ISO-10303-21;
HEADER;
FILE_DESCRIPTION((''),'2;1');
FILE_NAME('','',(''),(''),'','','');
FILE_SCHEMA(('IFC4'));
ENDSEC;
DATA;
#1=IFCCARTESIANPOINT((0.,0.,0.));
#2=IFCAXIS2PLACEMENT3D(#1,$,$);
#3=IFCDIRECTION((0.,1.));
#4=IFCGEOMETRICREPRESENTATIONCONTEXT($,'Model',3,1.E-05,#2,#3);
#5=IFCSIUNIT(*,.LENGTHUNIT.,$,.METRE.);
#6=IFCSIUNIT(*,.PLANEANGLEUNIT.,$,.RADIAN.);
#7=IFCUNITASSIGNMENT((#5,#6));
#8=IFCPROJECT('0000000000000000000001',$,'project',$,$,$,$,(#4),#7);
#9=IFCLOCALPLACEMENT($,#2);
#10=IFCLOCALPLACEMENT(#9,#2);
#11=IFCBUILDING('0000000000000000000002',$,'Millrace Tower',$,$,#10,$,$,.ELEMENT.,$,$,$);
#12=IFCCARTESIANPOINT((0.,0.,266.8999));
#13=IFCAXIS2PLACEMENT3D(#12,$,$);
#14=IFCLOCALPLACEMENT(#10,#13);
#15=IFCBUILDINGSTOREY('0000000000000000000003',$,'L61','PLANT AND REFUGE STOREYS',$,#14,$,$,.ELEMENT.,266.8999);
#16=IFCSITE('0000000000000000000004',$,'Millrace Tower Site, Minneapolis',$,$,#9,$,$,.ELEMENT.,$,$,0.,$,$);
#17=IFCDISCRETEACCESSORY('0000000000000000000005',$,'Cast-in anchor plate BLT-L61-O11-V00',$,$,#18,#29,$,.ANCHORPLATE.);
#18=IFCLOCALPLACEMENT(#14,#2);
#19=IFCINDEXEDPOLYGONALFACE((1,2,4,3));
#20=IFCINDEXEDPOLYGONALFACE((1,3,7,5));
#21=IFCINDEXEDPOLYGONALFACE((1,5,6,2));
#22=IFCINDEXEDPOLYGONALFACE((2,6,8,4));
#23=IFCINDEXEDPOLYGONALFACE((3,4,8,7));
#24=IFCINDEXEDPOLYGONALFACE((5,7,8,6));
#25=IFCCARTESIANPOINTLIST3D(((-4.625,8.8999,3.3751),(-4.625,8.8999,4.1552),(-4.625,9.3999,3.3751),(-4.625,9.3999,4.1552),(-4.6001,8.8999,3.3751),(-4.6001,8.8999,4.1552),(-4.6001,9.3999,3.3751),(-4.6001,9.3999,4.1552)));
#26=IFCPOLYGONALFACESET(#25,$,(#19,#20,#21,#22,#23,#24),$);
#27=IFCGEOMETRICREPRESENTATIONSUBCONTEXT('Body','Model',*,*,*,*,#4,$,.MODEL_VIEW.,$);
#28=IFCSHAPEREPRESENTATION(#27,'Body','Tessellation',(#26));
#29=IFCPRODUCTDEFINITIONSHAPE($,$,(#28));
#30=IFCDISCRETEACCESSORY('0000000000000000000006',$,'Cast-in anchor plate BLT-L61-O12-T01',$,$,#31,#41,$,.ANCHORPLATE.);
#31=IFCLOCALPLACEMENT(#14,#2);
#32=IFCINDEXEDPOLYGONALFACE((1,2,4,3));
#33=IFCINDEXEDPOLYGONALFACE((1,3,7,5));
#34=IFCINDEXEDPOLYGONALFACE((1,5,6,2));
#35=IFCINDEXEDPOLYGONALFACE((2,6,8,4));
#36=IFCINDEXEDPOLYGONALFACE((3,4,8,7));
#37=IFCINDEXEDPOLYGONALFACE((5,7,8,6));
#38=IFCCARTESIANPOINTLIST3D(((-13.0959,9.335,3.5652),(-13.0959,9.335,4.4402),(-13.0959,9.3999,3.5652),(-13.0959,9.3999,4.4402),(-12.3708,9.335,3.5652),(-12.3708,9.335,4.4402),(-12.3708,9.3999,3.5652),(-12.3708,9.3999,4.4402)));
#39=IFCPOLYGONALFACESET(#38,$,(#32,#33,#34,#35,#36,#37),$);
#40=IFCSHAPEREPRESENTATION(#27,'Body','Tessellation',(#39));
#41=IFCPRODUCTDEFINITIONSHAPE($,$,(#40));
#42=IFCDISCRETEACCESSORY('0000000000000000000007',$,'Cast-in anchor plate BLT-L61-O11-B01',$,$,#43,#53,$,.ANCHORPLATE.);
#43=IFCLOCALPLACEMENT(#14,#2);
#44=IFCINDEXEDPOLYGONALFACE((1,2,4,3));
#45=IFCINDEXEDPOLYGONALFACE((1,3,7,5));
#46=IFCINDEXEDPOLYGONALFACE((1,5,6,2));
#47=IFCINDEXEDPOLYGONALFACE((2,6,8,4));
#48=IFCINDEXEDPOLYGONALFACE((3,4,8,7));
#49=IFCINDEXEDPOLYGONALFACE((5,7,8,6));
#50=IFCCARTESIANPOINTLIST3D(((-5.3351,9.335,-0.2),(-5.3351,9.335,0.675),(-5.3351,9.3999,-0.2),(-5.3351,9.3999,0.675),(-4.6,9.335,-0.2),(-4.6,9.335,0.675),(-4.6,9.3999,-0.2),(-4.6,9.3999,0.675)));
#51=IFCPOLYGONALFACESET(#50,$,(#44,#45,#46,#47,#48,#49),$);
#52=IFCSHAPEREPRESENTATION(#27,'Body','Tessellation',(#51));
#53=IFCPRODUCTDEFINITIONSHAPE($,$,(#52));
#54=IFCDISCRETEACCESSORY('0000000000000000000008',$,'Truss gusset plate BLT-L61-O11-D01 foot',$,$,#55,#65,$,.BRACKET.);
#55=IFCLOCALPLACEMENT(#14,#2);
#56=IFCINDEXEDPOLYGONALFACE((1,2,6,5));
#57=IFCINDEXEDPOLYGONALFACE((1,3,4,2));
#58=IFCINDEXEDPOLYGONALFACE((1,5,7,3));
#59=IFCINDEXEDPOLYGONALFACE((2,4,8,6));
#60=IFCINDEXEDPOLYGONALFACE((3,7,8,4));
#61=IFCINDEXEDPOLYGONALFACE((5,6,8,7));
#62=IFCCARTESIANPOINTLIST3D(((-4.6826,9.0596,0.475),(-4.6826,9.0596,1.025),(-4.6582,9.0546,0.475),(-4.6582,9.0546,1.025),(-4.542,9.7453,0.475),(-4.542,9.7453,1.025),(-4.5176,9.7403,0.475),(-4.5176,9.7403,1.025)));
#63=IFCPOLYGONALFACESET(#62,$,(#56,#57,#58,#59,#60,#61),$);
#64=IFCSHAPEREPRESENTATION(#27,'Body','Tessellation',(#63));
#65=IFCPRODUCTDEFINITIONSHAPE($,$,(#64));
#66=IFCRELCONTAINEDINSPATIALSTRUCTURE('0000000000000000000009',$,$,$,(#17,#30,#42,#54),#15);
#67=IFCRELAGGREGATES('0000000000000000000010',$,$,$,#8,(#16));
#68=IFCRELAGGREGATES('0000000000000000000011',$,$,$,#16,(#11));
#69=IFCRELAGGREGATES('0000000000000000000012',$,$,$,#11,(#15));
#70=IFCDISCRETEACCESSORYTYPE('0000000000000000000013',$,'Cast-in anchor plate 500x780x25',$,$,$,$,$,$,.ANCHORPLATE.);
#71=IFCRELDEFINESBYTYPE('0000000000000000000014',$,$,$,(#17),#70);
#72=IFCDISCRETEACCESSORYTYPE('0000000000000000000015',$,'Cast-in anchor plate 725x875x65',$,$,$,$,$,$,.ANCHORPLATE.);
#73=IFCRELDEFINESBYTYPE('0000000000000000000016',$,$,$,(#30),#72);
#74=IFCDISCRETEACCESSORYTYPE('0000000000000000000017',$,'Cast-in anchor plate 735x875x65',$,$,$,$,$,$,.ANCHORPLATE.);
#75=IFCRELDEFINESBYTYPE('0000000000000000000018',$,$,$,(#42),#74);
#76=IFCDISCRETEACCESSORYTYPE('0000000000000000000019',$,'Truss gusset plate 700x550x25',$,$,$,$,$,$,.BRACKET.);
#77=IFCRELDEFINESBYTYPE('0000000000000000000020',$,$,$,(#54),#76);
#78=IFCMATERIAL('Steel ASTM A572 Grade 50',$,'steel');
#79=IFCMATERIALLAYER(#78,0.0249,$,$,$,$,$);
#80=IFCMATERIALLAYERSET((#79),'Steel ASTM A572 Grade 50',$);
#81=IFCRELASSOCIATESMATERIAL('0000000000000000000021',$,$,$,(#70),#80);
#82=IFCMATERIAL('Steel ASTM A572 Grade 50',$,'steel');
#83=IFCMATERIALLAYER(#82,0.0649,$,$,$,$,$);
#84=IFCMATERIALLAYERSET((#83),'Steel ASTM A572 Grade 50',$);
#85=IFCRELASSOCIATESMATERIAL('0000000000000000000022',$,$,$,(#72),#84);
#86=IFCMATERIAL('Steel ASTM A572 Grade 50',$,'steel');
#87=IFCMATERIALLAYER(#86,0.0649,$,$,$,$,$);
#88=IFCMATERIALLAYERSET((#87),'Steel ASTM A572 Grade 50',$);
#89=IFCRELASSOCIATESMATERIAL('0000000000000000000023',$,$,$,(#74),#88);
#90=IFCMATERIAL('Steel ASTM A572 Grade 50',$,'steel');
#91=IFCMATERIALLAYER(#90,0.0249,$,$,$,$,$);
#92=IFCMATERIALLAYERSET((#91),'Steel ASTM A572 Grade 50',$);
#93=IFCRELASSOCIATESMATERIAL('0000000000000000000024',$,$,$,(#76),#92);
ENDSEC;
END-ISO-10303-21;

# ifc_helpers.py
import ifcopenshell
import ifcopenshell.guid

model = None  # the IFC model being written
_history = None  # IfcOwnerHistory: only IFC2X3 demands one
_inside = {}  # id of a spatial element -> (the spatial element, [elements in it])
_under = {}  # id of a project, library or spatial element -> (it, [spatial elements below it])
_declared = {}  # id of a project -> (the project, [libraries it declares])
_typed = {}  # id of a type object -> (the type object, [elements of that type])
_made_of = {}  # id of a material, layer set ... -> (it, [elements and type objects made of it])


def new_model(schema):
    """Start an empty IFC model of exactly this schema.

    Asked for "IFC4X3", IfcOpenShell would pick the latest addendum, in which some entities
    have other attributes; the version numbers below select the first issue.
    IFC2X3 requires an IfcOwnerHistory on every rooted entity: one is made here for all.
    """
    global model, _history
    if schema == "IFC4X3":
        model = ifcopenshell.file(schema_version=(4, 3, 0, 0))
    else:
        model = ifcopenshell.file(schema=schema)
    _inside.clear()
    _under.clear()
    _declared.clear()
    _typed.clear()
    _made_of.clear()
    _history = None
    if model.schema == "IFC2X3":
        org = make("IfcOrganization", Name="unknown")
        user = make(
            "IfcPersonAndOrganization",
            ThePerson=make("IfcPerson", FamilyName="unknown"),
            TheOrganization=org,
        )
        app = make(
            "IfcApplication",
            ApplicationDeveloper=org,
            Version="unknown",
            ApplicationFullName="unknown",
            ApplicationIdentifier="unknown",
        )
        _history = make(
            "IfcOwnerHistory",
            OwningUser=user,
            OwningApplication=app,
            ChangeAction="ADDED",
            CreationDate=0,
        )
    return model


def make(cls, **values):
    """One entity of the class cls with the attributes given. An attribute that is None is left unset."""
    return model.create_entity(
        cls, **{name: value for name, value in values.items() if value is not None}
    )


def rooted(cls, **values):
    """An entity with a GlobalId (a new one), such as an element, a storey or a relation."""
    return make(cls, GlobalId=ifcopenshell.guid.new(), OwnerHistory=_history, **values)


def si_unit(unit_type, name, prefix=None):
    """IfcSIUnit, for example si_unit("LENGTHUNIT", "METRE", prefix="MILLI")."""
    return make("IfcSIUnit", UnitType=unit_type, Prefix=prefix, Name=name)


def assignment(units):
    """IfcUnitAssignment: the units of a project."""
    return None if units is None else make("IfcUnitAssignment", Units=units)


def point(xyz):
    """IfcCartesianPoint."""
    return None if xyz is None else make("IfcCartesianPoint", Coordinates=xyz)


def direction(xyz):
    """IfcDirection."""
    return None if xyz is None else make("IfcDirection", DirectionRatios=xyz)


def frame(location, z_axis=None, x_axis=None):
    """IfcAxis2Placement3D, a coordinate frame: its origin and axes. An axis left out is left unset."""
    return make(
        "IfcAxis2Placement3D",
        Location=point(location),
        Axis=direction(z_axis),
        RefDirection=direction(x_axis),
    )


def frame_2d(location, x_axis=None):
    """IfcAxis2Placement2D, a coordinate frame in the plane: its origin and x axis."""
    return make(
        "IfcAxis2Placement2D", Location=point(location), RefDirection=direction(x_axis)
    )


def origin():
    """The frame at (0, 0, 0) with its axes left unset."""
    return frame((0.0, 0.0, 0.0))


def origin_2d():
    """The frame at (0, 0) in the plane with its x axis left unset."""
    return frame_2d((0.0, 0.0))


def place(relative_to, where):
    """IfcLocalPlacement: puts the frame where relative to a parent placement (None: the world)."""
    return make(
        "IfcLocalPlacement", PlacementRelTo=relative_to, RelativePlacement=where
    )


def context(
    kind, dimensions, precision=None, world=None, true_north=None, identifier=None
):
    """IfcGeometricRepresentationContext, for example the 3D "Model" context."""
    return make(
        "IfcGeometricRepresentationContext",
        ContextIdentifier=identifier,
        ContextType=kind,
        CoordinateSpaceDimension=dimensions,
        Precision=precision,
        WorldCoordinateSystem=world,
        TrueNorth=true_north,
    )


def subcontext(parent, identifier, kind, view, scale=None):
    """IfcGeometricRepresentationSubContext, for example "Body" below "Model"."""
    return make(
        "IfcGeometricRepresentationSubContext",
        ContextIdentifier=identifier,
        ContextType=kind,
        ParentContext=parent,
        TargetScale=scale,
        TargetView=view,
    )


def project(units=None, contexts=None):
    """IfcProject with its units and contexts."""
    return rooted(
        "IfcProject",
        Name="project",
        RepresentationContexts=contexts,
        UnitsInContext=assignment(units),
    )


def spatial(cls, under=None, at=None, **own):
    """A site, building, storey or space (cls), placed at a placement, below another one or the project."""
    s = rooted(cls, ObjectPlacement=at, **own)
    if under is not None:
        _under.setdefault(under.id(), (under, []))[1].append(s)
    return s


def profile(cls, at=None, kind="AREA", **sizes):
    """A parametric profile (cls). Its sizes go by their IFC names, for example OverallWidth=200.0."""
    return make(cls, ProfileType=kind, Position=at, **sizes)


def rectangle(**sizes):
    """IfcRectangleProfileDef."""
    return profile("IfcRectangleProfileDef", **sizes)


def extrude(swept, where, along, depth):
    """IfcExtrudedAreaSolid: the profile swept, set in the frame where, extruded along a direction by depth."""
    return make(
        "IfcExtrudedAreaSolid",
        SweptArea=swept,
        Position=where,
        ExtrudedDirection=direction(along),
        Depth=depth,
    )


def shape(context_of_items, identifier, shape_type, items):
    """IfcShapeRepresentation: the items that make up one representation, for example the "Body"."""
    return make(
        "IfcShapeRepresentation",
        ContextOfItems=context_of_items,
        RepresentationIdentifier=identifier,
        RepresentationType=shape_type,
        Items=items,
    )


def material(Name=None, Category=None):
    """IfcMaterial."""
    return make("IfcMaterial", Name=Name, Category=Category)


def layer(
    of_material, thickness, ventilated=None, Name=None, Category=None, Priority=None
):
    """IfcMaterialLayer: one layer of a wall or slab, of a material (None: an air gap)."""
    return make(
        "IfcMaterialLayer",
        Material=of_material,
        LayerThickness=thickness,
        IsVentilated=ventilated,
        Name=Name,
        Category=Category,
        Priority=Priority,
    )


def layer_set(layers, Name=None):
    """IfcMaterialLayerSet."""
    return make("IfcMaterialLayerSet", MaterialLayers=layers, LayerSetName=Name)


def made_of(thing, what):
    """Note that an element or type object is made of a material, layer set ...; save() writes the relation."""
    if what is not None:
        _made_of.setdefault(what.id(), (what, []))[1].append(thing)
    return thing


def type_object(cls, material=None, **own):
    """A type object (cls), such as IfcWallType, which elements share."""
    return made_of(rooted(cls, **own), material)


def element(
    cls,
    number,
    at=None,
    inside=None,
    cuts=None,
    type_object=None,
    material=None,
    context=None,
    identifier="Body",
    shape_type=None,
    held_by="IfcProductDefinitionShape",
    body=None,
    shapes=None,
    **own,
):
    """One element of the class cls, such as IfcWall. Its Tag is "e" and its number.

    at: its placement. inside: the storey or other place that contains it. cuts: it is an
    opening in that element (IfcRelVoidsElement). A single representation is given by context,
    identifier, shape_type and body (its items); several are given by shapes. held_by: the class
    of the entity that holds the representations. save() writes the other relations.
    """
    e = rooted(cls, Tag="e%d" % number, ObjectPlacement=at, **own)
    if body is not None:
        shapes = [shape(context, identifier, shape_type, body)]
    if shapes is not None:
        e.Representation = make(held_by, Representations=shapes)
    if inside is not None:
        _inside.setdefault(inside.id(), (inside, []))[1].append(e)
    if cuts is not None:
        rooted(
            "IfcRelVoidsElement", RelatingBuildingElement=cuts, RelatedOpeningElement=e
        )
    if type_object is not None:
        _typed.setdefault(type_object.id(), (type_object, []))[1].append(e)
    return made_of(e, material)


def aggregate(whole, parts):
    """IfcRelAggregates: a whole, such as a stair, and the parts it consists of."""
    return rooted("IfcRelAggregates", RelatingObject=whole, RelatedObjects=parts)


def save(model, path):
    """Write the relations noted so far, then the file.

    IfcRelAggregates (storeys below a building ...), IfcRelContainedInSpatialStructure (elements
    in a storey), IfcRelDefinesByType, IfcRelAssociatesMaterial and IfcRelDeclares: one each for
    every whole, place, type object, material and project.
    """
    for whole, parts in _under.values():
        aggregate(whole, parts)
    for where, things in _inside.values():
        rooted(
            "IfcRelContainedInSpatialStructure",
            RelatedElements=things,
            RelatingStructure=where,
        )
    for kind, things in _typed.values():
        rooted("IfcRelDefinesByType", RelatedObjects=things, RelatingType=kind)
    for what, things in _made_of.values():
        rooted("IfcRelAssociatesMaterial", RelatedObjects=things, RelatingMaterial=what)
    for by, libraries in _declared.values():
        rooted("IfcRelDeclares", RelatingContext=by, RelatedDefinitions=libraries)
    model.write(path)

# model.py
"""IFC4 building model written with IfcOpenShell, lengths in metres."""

from ifc_helpers import new_model, si_unit, direction, frame, origin, origin_2d, place, context, subcontext, project, spatial, rectangle, extrude, material, layer, layer_set, type_object, element, save


model = new_model("IFC4")

# Units and contexts
model_context = context("Model", 3, precision=1e-05, world=origin(), true_north=direction((0.0, 1.0)))
body_context = subcontext(model_context, "Body", "Model", "MODEL_VIEW")
ifc_project = project(units=[si_unit("LENGTHUNIT", "METRE"), si_unit("PLANEANGLEUNIT", "RADIAN")], contexts=[model_context])

# Site, building, storey
site_placement = place(None, origin())
site = spatial("IfcSite", under=ifc_project, at=site_placement, Name="Millrace Tower Site, Minneapolis", CompositionType="ELEMENT", RefElevation=0.0)
building_placement = place(site_placement, origin())
building = spatial("IfcBuilding", under=site, at=building_placement, Name="Millrace Tower", CompositionType="ELEMENT")
storey_placement = place(building_placement, frame((0.0, 0.0, 266.8999)))
storey = spatial("IfcBuildingStorey", under=building, at=storey_placement, Name="L61", Description="PLANT AND REFUGE STOREYS", CompositionType="ELEMENT", Elevation=266.8999)

# Discrete accessories
ifc_material_1 = material(Name="Steel ASTM A572 Grade 50", Category="steel")
ifc_layer_1 = layer(ifc_material_1, 0.0249)
ifc_layer_set_1 = layer_set([ifc_layer_1], Name="Steel ASTM A572 Grade 50")
discrete_accessory_type_1 = type_object("IfcDiscreteAccessoryType", Name="Cast-in anchor plate 500x780x25", PredefinedType="ANCHORPLATE", material=ifc_layer_set_1)
discrete_accessory_1_placement = place(storey_placement, frame((-4.625, 9.1499, 3.7651), z_axis=(1.0, 0.0, 0.0), x_axis=(0.0, 1.0, 0.0)))
element("IfcDiscreteAccessory", 1, at=discrete_accessory_1_placement, inside=storey, type_object=discrete_accessory_type_1, Name="Cast-in anchor plate BLT-L61-O11-V00", PredefinedType="ANCHORPLATE", context=body_context, shape_type="SweptSolid", body=[
    extrude(rectangle(XDim=0.5, YDim=0.78, at=origin_2d()), origin(), (0.0, 0.0, 1.0), 0.0249),
])
ifc_material_2 = material(Name="Steel ASTM A572 Grade 50", Category="steel")
ifc_layer_2 = layer(ifc_material_2, 0.0649)
ifc_layer_set_2 = layer_set([ifc_layer_2], Name="Steel ASTM A572 Grade 50")
discrete_accessory_type_2 = type_object("IfcDiscreteAccessoryType", Name="Cast-in anchor plate 725x875x65", PredefinedType="ANCHORPLATE", material=ifc_layer_set_2)
discrete_accessory_2_placement = place(storey_placement, frame((-12.7334, 9.335, 4.0027), z_axis=(0.0, 1.0, 0.0), x_axis=(-1.0, 0.0, 0.0)))
element("IfcDiscreteAccessory", 2, at=discrete_accessory_2_placement, inside=storey, type_object=discrete_accessory_type_2, Name="Cast-in anchor plate BLT-L61-O12-T01", PredefinedType="ANCHORPLATE", context=body_context, shape_type="SweptSolid", body=[
    extrude(rectangle(XDim=0.7251, YDim=0.875, at=origin_2d()), origin(), (0.0, 0.0, 1.0), 0.0649),
])
ifc_material_3 = material(Name="Steel ASTM A572 Grade 50", Category="steel")
ifc_layer_3 = layer(ifc_material_3, 0.0649)
ifc_layer_set_3 = layer_set([ifc_layer_3], Name="Steel ASTM A572 Grade 50")
discrete_accessory_type_3 = type_object("IfcDiscreteAccessoryType", Name="Cast-in anchor plate 735x875x65", PredefinedType="ANCHORPLATE", material=ifc_layer_set_3)
discrete_accessory_3_placement = place(storey_placement, frame((-4.9675, 9.335, 0.2375), z_axis=(0.0, 1.0, 0.0), x_axis=(-1.0, 0.0, 0.0)))
element("IfcDiscreteAccessory", 3, at=discrete_accessory_3_placement, inside=storey, type_object=discrete_accessory_type_3, Name="Cast-in anchor plate BLT-L61-O11-B01", PredefinedType="ANCHORPLATE", context=body_context, shape_type="SweptSolid", body=[
    extrude(rectangle(XDim=0.7351, YDim=0.875, at=origin_2d()), origin(), (0.0, 0.0, 1.0), 0.0649),
])
ifc_material_4 = material(Name="Steel ASTM A572 Grade 50", Category="steel")
ifc_layer_4 = layer(ifc_material_4, 0.0249)
ifc_layer_set_4 = layer_set([ifc_layer_4], Name="Steel ASTM A572 Grade 50")
discrete_accessory_type_4 = type_object("IfcDiscreteAccessoryType", Name="Truss gusset plate 700x550x25", PredefinedType="BRACKET", material=ifc_layer_set_4)
discrete_accessory_4_placement = place(storey_placement, frame((-4.6704, 9.0571, 0.75), z_axis=(0.200875, 0.979617, 0.0), x_axis=(-0.979617, 0.200875, 0.0)))
element("IfcDiscreteAccessory", 4, at=discrete_accessory_4_placement, inside=storey, type_object=discrete_accessory_type_4, Name="Truss gusset plate BLT-L61-O11-D01 foot", PredefinedType="BRACKET", context=body_context, shape_type="SweptSolid", body=[
    extrude(rectangle(XDim=0.0249, YDim=0.55, at=origin_2d()), origin(), (0.0, 0.0, 1.0), 0.7),
])

save(model, "model.ifc")
